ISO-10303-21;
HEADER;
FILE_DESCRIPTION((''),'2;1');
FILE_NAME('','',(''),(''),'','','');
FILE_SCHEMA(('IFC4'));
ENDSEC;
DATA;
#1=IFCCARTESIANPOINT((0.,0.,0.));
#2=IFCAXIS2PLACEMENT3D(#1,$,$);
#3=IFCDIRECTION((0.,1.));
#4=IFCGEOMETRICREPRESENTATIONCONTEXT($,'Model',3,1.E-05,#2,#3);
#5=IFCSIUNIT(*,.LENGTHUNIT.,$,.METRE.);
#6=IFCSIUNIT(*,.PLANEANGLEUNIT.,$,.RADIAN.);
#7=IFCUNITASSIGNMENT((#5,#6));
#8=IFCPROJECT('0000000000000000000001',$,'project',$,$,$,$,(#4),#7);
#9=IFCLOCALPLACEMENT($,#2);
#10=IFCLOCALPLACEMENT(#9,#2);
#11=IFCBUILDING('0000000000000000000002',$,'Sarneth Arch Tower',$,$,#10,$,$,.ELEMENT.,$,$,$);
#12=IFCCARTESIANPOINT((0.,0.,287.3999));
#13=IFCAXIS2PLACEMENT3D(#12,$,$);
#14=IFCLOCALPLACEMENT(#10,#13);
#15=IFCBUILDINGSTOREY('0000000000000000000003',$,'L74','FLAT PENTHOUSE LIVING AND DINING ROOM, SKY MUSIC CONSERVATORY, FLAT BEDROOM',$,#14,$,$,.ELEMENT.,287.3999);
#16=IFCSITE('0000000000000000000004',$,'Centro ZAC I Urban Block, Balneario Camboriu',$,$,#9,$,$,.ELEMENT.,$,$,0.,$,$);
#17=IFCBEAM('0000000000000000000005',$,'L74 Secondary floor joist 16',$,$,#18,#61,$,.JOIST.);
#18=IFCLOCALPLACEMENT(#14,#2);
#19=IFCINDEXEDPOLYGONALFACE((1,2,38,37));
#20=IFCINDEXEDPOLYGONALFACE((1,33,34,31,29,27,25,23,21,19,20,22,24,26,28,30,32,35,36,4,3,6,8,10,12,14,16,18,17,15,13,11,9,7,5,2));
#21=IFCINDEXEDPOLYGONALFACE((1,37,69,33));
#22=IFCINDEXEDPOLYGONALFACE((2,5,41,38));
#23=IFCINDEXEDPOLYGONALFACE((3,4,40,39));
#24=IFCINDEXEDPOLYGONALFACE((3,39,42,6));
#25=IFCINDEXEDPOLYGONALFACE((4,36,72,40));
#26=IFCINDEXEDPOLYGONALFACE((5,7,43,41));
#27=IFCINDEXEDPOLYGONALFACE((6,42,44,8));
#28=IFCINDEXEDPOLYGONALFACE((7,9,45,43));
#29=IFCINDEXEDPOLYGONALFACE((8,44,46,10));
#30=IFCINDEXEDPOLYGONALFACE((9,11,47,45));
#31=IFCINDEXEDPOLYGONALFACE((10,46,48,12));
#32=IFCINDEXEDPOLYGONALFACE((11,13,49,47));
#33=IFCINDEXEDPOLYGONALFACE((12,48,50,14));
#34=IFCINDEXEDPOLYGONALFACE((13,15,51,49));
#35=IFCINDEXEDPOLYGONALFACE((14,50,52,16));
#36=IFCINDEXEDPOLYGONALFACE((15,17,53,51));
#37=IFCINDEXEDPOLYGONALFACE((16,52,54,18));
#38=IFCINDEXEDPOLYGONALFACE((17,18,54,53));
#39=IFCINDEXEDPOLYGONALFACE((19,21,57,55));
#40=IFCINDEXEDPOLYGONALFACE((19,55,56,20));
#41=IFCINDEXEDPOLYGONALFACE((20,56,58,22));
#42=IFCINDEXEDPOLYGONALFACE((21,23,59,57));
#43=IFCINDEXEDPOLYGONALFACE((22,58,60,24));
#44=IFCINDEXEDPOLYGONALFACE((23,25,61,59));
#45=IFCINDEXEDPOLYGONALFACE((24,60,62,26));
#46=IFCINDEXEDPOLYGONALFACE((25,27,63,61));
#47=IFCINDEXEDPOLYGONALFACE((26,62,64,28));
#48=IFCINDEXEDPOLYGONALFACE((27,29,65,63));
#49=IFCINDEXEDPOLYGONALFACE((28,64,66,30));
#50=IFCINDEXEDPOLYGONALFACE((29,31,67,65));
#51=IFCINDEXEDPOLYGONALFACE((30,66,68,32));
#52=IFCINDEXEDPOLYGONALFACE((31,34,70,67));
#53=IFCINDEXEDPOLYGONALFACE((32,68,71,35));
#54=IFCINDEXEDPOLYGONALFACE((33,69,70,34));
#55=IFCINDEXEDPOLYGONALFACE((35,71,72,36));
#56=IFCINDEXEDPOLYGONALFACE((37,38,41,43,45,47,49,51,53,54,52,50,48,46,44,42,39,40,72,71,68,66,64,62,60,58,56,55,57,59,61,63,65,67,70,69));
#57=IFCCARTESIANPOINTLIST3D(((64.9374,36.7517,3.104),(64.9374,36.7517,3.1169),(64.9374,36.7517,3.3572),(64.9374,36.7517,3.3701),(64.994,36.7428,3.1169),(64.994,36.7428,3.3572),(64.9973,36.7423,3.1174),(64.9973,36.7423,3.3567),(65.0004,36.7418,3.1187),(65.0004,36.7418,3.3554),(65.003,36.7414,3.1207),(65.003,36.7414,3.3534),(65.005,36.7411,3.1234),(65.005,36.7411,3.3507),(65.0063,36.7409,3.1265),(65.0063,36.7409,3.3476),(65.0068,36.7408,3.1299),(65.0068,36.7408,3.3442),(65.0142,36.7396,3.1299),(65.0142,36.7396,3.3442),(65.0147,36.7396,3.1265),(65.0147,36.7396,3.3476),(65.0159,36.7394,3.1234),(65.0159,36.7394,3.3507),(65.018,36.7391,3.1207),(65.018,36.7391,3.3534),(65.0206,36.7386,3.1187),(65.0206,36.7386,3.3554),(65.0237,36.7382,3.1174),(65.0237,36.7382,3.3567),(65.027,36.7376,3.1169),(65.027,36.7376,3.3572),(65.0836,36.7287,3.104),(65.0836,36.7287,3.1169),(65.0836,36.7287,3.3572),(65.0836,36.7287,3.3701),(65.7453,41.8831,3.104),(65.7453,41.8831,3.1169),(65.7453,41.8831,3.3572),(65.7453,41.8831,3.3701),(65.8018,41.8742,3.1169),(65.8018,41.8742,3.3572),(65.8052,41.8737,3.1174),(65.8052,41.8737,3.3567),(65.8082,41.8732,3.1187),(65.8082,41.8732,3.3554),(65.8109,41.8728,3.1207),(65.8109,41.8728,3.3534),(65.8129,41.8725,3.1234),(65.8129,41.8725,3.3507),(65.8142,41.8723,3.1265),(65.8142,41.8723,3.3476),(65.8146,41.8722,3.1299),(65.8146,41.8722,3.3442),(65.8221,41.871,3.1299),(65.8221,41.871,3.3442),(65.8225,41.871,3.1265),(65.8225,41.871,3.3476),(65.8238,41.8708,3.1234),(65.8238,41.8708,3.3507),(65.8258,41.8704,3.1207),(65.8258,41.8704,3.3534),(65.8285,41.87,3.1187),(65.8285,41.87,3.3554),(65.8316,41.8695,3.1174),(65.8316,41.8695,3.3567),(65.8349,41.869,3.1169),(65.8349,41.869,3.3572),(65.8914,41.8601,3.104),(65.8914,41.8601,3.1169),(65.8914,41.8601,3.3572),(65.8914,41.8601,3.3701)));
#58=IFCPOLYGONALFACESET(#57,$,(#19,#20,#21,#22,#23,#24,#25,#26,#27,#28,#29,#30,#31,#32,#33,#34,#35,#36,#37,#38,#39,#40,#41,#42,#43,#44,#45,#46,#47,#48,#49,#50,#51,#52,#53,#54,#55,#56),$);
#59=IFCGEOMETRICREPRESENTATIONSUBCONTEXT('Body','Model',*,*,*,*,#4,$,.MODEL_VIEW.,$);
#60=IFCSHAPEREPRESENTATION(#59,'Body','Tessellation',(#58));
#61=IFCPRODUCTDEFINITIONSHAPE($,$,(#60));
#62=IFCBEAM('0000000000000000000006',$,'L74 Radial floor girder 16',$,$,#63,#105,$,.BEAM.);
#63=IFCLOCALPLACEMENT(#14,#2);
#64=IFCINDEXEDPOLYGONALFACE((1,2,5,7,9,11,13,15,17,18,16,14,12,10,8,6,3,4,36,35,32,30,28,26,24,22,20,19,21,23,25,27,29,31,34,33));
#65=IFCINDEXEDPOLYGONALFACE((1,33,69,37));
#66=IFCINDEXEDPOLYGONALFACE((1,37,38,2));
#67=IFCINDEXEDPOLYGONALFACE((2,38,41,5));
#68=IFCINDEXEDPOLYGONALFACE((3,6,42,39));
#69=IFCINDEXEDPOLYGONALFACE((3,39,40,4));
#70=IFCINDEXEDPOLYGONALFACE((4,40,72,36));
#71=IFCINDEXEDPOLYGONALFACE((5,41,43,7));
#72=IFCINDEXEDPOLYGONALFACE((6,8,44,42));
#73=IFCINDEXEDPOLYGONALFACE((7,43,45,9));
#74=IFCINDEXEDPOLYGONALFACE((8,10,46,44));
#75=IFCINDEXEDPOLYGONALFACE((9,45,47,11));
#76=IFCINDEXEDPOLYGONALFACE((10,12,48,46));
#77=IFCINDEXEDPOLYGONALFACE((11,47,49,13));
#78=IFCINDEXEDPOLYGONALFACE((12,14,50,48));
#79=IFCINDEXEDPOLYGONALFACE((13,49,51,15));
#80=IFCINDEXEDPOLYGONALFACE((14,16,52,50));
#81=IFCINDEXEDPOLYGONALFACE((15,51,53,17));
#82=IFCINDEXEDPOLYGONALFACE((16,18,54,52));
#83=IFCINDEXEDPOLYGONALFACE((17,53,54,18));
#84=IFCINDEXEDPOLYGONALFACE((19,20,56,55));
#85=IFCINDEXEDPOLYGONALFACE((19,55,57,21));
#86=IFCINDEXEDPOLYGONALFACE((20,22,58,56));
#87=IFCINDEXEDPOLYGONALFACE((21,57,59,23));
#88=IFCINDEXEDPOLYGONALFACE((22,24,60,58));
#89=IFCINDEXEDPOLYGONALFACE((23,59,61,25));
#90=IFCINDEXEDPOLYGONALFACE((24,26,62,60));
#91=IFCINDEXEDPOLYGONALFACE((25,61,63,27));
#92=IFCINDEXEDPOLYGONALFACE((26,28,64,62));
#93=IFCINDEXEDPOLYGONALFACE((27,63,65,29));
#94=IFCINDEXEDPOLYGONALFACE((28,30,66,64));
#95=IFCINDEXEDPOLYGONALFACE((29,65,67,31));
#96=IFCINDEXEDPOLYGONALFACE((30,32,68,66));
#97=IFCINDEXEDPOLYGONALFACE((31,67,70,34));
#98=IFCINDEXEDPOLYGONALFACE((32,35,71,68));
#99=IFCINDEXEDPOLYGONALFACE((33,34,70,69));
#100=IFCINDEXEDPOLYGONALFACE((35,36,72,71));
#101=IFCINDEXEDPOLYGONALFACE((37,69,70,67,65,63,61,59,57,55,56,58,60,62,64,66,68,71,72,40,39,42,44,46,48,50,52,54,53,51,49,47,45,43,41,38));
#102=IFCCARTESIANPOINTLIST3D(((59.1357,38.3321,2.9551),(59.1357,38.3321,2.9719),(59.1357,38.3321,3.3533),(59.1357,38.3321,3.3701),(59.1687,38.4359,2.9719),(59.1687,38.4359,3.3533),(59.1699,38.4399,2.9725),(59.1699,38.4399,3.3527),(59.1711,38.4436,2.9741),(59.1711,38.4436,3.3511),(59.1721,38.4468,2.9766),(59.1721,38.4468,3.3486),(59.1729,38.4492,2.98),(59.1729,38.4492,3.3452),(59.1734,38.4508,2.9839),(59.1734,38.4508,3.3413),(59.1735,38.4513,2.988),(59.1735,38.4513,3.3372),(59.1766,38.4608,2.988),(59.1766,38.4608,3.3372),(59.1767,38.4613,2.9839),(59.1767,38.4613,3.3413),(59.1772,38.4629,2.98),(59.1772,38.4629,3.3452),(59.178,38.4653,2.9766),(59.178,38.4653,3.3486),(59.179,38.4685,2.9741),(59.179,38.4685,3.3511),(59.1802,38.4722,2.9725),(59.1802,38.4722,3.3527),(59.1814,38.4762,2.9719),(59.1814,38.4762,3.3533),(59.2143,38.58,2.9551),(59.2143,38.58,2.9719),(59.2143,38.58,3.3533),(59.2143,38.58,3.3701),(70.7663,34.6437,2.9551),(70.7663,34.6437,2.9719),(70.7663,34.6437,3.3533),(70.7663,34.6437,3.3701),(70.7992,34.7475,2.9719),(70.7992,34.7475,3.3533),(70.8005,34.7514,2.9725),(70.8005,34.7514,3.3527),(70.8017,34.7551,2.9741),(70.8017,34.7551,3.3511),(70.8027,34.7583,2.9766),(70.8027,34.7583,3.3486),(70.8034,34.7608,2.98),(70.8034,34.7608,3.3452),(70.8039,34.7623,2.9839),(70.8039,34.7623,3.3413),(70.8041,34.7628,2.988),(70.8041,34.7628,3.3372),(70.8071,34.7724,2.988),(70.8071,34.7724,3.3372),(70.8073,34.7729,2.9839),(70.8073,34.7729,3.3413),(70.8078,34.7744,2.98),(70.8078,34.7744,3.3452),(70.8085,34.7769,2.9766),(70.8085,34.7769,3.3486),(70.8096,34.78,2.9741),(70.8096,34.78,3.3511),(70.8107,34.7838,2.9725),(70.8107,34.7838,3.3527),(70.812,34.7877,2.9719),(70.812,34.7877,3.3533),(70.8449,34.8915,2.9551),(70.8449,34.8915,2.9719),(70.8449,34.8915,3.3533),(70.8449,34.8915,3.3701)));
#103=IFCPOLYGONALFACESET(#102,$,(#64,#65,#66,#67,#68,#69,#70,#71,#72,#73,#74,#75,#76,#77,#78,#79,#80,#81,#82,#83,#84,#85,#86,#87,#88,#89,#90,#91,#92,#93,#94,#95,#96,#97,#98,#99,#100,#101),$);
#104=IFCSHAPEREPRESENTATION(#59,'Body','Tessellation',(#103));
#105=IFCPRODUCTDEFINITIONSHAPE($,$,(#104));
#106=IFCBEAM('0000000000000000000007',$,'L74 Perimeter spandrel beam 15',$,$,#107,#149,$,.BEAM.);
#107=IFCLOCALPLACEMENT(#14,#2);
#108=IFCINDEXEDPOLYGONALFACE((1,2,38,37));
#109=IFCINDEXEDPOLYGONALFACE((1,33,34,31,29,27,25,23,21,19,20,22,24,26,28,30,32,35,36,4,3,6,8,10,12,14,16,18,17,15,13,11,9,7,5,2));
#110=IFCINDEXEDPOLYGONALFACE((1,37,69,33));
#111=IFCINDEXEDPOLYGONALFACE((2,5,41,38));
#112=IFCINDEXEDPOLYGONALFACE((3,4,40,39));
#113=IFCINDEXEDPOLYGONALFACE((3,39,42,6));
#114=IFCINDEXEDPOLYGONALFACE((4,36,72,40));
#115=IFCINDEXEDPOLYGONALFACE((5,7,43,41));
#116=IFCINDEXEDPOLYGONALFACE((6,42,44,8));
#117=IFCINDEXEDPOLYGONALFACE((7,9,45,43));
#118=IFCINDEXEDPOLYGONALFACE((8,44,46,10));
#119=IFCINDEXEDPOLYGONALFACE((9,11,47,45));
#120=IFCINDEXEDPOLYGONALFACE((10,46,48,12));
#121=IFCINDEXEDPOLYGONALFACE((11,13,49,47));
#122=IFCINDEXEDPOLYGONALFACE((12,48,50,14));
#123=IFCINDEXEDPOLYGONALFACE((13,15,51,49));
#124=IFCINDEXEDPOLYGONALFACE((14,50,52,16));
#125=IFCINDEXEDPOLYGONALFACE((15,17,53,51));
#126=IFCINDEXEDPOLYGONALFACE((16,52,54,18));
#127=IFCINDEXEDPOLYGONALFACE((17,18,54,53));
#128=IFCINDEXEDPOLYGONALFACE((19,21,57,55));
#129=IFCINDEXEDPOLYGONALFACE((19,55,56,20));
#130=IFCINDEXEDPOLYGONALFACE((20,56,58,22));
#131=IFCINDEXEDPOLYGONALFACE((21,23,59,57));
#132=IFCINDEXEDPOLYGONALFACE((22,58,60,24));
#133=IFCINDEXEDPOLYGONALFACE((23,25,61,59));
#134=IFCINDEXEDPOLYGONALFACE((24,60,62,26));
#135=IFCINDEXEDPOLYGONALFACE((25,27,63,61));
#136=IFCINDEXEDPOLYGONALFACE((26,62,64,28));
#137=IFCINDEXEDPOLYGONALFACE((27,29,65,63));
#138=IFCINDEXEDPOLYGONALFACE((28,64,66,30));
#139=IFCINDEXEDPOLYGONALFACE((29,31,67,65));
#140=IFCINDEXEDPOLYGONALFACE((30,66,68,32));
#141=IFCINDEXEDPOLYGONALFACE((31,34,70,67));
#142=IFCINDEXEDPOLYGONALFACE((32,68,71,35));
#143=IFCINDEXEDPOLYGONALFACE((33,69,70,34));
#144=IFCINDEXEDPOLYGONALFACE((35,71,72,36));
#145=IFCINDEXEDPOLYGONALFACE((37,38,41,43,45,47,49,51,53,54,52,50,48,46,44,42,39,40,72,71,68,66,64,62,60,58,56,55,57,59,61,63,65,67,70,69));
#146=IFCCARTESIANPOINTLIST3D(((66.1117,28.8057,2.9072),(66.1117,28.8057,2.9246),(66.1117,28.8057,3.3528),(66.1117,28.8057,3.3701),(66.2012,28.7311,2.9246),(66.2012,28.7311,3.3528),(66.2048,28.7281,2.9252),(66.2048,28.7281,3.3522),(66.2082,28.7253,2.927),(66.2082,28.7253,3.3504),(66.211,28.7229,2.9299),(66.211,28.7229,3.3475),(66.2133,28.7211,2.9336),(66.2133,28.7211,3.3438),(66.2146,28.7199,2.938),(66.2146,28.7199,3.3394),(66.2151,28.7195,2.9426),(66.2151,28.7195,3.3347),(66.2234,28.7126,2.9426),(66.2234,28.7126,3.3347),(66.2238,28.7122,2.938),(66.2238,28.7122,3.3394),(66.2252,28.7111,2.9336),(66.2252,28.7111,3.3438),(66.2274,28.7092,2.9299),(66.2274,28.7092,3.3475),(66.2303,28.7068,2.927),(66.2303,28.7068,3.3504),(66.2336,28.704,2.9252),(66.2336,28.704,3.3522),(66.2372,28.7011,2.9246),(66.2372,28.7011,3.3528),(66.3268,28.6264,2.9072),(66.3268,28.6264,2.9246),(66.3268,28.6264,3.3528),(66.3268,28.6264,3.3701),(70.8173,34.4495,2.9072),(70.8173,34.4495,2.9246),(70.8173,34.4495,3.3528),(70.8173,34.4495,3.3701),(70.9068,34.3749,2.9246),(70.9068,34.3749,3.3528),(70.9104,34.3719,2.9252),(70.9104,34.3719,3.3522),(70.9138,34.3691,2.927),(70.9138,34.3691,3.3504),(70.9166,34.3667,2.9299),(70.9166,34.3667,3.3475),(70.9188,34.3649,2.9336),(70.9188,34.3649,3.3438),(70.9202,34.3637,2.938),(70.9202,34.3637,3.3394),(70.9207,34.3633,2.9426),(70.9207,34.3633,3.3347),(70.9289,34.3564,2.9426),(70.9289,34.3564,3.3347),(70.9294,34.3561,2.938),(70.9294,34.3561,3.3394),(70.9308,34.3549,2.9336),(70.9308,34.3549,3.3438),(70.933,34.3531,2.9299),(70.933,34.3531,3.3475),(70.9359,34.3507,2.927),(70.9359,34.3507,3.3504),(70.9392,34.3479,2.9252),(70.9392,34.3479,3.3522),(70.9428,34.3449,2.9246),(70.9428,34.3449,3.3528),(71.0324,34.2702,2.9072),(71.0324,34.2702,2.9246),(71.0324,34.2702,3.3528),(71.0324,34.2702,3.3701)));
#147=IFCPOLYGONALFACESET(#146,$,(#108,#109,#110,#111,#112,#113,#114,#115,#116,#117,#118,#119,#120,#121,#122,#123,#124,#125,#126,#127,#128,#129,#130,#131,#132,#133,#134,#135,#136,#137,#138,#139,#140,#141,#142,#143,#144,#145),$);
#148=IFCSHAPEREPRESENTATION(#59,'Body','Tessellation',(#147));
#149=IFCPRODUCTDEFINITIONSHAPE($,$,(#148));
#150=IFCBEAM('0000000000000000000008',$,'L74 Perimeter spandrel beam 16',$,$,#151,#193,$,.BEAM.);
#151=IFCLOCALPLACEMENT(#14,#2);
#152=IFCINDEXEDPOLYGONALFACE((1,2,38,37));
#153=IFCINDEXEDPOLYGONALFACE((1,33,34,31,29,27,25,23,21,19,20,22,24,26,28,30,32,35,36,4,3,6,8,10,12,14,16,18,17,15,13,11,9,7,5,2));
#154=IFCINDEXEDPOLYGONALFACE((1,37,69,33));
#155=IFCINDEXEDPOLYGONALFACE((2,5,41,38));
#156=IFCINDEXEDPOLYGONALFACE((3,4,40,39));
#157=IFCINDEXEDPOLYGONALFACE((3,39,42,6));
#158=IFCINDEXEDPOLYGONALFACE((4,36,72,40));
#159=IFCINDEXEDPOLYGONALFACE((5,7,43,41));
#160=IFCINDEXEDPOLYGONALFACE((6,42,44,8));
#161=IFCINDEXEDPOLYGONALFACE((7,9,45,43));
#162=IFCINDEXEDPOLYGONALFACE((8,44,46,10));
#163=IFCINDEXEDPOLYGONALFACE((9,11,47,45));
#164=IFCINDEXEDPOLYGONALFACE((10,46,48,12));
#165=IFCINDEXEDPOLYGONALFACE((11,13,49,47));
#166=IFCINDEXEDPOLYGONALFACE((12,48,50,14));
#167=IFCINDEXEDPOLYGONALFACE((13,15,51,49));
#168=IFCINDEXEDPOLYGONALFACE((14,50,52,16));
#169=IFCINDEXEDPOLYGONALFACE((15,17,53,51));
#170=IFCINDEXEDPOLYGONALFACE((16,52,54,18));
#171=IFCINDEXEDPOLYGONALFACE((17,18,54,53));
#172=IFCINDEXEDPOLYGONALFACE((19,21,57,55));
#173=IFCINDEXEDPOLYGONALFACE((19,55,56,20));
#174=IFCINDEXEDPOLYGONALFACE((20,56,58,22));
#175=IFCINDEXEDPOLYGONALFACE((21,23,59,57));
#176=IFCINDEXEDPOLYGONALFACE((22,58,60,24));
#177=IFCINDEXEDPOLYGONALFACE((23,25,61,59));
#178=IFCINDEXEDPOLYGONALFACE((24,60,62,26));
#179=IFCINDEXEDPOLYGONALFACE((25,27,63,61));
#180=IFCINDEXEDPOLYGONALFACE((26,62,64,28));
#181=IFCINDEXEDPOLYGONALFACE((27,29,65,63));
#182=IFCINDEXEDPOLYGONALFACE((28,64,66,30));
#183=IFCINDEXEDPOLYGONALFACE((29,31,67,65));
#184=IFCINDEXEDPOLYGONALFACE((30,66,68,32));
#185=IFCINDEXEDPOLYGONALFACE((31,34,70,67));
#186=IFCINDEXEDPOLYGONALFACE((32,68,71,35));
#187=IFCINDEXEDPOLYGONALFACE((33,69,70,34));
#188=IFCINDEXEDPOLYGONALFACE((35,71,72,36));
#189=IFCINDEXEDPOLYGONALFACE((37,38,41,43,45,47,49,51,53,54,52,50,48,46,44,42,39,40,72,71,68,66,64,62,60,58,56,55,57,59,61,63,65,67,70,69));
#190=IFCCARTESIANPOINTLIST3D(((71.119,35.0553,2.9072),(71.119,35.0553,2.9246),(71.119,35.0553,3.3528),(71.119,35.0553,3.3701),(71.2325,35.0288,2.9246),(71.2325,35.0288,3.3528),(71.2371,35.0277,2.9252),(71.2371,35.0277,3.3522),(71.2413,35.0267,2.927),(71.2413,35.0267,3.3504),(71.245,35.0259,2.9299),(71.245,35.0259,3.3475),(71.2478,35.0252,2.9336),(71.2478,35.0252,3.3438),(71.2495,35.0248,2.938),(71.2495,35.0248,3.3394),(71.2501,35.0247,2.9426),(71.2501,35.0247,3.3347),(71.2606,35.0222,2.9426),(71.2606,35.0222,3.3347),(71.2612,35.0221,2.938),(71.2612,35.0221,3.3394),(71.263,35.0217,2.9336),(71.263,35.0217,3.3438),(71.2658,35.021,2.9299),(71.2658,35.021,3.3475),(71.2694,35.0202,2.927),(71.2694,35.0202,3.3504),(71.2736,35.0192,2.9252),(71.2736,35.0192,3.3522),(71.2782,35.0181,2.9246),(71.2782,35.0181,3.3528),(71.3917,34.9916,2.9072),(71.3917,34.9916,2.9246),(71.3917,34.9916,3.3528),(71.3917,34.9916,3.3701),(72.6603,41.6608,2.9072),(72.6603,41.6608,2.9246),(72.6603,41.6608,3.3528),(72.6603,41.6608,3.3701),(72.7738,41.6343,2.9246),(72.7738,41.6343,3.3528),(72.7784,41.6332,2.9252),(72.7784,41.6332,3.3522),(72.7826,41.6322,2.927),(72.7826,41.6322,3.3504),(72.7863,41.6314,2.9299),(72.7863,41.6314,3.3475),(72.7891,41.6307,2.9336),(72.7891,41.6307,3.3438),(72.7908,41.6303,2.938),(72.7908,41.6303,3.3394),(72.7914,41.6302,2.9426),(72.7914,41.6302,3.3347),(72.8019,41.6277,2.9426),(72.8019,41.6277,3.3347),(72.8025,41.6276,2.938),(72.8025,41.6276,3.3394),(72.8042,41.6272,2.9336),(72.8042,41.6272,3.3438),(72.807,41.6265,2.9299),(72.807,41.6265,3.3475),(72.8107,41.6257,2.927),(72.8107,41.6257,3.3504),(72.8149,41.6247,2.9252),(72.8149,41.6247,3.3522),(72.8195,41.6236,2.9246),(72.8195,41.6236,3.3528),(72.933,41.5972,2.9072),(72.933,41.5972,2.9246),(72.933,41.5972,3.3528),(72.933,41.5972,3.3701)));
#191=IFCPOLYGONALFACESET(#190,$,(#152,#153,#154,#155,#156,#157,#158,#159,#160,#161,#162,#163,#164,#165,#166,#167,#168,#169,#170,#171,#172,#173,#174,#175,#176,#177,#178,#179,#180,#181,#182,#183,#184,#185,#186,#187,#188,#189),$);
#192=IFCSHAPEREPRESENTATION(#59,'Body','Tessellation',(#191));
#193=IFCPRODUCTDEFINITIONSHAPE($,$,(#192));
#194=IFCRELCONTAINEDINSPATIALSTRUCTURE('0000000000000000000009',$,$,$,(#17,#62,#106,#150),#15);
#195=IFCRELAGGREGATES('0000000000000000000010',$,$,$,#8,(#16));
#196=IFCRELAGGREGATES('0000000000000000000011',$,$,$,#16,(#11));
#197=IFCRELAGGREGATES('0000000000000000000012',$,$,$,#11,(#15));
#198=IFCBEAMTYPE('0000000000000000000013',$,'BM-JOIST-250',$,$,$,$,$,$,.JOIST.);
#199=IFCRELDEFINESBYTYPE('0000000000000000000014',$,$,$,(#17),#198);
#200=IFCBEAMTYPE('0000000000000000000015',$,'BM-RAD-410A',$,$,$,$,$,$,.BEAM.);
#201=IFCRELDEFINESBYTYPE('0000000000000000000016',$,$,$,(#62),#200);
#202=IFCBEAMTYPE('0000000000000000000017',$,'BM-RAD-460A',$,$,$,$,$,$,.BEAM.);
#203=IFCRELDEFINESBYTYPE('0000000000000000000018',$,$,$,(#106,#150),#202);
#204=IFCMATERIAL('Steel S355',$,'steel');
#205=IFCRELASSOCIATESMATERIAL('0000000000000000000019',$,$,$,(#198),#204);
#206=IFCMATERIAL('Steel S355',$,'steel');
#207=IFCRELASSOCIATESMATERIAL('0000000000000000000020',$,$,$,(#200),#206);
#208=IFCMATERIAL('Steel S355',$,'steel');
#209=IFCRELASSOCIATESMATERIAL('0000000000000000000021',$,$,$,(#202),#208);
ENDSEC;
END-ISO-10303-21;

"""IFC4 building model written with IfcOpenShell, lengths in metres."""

from ifc_helpers import new_model, si_unit, direction, frame, origin, origin_2d, place, context, subcontext, project, spatial, i_section, extrude, material, material_profile, profile_set, type_object, element, save


model = new_model("IFC4")

# Units and contexts
model_context = context("Model", 3, precision=1e-05, world=origin(), true_north=direction((0.0, 1.0)))
body_context = subcontext(model_context, "Body", "Model", "MODEL_VIEW")
ifc_project = project(units=[si_unit("LENGTHUNIT", "METRE"), si_unit("PLANEANGLEUNIT", "RADIAN")], contexts=[model_context])

# Site, building, storey
site_placement = place(None, origin())
site = spatial("IfcSite", under=ifc_project, at=site_placement, Name="Centro ZAC I Urban Block, Balneario Camboriu", CompositionType="ELEMENT", RefElevation=0.0)
building_placement = place(site_placement, origin())
building = spatial("IfcBuilding", under=site, at=building_placement, Name="Sarneth Arch Tower", CompositionType="ELEMENT")
storey_placement = place(building_placement, frame((0.0, 0.0, 287.3999)))
storey = spatial("IfcBuildingStorey", under=building, at=storey_placement, Name="L74", Description="FLAT PENTHOUSE LIVING AND DINING ROOM, SKY MUSIC CONSERVATORY, FLAT BEDROOM", CompositionType="ELEMENT", Elevation=287.3999)

# Beams
ifc_material_1 = material(Name="Steel S355", Category="steel")
ifc_material_profile_1 = material_profile(ifc_material_1, i_section(OverallWidth=0.1479, OverallDepth=0.2661, WebThickness=0.0076, FlangeThickness=0.0129, FilletRadius=0.0129, at=origin_2d()), Name="W250x44.8")
ifc_profile_set_1 = profile_set([ifc_material_profile_1], Name="Steel S355")
beam_type_1 = type_object("IfcBeamType", Name="BM-JOIST-250", PredefinedType="JOIST", material=ifc_profile_set_1)
beam_1_placement = place(storey_placement, frame((65.0105, 36.7402, 3.2371), z_axis=(0.155521, 0.987833, 0.0), x_axis=(-0.987833, 0.155521, 0.0)))
element("IfcBeam", 1, at=beam_1_placement, inside=storey, type_object=beam_type_1, Name="L74 Secondary floor joist 16", PredefinedType="JOIST", context=body_context, shape_type="SweptSolid", body=[
    extrude(i_section(OverallWidth=0.1479, OverallDepth=0.2661, WebThickness=0.0076, FlangeThickness=0.0129, FilletRadius=0.0129, at=origin_2d()), origin(), (0.0, 0.0, 1.0), 5.1946),
])
ifc_material_2 = material(Name="Steel S355", Category="steel")
ifc_material_profile_2 = material_profile(ifc_material_2, i_section(OverallWidth=0.26, OverallDepth=0.415, WebThickness=0.01, FlangeThickness=0.0168, FilletRadius=0.0161, at=origin_2d()), Name="W410x100")
ifc_profile_set_2 = profile_set([ifc_material_profile_2], Name="Steel S355")
beam_type_2 = type_object("IfcBeamType", Name="BM-RAD-410A", PredefinedType="BEAM", material=ifc_profile_set_2)
beam_2_placement = place(storey_placement, frame((59.175, 38.4561, 3.1626), z_axis=(0.953214, -0.302298, 0.0), x_axis=(0.302298, 0.953214, 0.0)))
element("IfcBeam", 2, at=beam_2_placement, inside=storey, type_object=beam_type_2, Name="L74 Radial floor girder 16", PredefinedType="BEAM", context=body_context, shape_type="SweptSolid", body=[
    extrude(i_section(OverallWidth=0.26, OverallDepth=0.415, WebThickness=0.01, FlangeThickness=0.0168, FilletRadius=0.0161, at=origin_2d()), origin(), (0.0, 0.0, 1.0), 12.2014),
])
ifc_material_3 = material(Name="Steel S355", Category="steel")
ifc_material_profile_3 = material_profile(ifc_material_3, i_section(OverallWidth=0.28, OverallDepth=0.4629, WebThickness=0.0107, FlangeThickness=0.0173, FilletRadius=0.0181, at=origin_2d()), Name="W460x113")
ifc_profile_set_3 = profile_set([ifc_material_profile_3], Name="Steel S355")
beam_type_3 = type_object("IfcBeamType", Name="BM-RAD-460A", PredefinedType="BEAM", material=ifc_profile_set_3)
beam_3_placement = place(storey_placement, frame((66.2192, 28.7161, 3.1387), z_axis=(0.640377, 0.768061, 0.0), x_axis=(-0.768061, 0.640377, 0.0)))
element("IfcBeam", 3, at=beam_3_placement, inside=storey, type_object=beam_type_3, Name="L74 Perimeter spandrel beam 15", PredefinedType="BEAM", context=body_context, shape_type="SweptSolid", body=[
    extrude(i_section(OverallWidth=0.28, OverallDepth=0.4629, WebThickness=0.0107, FlangeThickness=0.0173, FilletRadius=0.0181, at=origin_2d()), origin(), (0.0, 0.0, 1.0), 7.3481),
])
beam_4_placement = place(storey_placement, frame((71.2554, 35.0234, 3.1387), z_axis=(0.227227, 0.973842, 0.0), x_axis=(-0.973842, 0.227227, 0.0)))
element("IfcBeam", 4, at=beam_4_placement, inside=storey, type_object=beam_type_3, Name="L74 Perimeter spandrel beam 16", PredefinedType="BEAM", context=body_context, shape_type="SweptSolid", body=[
    extrude(i_section(OverallWidth=0.28, OverallDepth=0.4629, WebThickness=0.0107, FlangeThickness=0.0173, FilletRadius=0.0181, at=origin_2d()), origin(), (0.0, 0.0, 1.0), 6.783),
])

save(model, "model.ifc")
